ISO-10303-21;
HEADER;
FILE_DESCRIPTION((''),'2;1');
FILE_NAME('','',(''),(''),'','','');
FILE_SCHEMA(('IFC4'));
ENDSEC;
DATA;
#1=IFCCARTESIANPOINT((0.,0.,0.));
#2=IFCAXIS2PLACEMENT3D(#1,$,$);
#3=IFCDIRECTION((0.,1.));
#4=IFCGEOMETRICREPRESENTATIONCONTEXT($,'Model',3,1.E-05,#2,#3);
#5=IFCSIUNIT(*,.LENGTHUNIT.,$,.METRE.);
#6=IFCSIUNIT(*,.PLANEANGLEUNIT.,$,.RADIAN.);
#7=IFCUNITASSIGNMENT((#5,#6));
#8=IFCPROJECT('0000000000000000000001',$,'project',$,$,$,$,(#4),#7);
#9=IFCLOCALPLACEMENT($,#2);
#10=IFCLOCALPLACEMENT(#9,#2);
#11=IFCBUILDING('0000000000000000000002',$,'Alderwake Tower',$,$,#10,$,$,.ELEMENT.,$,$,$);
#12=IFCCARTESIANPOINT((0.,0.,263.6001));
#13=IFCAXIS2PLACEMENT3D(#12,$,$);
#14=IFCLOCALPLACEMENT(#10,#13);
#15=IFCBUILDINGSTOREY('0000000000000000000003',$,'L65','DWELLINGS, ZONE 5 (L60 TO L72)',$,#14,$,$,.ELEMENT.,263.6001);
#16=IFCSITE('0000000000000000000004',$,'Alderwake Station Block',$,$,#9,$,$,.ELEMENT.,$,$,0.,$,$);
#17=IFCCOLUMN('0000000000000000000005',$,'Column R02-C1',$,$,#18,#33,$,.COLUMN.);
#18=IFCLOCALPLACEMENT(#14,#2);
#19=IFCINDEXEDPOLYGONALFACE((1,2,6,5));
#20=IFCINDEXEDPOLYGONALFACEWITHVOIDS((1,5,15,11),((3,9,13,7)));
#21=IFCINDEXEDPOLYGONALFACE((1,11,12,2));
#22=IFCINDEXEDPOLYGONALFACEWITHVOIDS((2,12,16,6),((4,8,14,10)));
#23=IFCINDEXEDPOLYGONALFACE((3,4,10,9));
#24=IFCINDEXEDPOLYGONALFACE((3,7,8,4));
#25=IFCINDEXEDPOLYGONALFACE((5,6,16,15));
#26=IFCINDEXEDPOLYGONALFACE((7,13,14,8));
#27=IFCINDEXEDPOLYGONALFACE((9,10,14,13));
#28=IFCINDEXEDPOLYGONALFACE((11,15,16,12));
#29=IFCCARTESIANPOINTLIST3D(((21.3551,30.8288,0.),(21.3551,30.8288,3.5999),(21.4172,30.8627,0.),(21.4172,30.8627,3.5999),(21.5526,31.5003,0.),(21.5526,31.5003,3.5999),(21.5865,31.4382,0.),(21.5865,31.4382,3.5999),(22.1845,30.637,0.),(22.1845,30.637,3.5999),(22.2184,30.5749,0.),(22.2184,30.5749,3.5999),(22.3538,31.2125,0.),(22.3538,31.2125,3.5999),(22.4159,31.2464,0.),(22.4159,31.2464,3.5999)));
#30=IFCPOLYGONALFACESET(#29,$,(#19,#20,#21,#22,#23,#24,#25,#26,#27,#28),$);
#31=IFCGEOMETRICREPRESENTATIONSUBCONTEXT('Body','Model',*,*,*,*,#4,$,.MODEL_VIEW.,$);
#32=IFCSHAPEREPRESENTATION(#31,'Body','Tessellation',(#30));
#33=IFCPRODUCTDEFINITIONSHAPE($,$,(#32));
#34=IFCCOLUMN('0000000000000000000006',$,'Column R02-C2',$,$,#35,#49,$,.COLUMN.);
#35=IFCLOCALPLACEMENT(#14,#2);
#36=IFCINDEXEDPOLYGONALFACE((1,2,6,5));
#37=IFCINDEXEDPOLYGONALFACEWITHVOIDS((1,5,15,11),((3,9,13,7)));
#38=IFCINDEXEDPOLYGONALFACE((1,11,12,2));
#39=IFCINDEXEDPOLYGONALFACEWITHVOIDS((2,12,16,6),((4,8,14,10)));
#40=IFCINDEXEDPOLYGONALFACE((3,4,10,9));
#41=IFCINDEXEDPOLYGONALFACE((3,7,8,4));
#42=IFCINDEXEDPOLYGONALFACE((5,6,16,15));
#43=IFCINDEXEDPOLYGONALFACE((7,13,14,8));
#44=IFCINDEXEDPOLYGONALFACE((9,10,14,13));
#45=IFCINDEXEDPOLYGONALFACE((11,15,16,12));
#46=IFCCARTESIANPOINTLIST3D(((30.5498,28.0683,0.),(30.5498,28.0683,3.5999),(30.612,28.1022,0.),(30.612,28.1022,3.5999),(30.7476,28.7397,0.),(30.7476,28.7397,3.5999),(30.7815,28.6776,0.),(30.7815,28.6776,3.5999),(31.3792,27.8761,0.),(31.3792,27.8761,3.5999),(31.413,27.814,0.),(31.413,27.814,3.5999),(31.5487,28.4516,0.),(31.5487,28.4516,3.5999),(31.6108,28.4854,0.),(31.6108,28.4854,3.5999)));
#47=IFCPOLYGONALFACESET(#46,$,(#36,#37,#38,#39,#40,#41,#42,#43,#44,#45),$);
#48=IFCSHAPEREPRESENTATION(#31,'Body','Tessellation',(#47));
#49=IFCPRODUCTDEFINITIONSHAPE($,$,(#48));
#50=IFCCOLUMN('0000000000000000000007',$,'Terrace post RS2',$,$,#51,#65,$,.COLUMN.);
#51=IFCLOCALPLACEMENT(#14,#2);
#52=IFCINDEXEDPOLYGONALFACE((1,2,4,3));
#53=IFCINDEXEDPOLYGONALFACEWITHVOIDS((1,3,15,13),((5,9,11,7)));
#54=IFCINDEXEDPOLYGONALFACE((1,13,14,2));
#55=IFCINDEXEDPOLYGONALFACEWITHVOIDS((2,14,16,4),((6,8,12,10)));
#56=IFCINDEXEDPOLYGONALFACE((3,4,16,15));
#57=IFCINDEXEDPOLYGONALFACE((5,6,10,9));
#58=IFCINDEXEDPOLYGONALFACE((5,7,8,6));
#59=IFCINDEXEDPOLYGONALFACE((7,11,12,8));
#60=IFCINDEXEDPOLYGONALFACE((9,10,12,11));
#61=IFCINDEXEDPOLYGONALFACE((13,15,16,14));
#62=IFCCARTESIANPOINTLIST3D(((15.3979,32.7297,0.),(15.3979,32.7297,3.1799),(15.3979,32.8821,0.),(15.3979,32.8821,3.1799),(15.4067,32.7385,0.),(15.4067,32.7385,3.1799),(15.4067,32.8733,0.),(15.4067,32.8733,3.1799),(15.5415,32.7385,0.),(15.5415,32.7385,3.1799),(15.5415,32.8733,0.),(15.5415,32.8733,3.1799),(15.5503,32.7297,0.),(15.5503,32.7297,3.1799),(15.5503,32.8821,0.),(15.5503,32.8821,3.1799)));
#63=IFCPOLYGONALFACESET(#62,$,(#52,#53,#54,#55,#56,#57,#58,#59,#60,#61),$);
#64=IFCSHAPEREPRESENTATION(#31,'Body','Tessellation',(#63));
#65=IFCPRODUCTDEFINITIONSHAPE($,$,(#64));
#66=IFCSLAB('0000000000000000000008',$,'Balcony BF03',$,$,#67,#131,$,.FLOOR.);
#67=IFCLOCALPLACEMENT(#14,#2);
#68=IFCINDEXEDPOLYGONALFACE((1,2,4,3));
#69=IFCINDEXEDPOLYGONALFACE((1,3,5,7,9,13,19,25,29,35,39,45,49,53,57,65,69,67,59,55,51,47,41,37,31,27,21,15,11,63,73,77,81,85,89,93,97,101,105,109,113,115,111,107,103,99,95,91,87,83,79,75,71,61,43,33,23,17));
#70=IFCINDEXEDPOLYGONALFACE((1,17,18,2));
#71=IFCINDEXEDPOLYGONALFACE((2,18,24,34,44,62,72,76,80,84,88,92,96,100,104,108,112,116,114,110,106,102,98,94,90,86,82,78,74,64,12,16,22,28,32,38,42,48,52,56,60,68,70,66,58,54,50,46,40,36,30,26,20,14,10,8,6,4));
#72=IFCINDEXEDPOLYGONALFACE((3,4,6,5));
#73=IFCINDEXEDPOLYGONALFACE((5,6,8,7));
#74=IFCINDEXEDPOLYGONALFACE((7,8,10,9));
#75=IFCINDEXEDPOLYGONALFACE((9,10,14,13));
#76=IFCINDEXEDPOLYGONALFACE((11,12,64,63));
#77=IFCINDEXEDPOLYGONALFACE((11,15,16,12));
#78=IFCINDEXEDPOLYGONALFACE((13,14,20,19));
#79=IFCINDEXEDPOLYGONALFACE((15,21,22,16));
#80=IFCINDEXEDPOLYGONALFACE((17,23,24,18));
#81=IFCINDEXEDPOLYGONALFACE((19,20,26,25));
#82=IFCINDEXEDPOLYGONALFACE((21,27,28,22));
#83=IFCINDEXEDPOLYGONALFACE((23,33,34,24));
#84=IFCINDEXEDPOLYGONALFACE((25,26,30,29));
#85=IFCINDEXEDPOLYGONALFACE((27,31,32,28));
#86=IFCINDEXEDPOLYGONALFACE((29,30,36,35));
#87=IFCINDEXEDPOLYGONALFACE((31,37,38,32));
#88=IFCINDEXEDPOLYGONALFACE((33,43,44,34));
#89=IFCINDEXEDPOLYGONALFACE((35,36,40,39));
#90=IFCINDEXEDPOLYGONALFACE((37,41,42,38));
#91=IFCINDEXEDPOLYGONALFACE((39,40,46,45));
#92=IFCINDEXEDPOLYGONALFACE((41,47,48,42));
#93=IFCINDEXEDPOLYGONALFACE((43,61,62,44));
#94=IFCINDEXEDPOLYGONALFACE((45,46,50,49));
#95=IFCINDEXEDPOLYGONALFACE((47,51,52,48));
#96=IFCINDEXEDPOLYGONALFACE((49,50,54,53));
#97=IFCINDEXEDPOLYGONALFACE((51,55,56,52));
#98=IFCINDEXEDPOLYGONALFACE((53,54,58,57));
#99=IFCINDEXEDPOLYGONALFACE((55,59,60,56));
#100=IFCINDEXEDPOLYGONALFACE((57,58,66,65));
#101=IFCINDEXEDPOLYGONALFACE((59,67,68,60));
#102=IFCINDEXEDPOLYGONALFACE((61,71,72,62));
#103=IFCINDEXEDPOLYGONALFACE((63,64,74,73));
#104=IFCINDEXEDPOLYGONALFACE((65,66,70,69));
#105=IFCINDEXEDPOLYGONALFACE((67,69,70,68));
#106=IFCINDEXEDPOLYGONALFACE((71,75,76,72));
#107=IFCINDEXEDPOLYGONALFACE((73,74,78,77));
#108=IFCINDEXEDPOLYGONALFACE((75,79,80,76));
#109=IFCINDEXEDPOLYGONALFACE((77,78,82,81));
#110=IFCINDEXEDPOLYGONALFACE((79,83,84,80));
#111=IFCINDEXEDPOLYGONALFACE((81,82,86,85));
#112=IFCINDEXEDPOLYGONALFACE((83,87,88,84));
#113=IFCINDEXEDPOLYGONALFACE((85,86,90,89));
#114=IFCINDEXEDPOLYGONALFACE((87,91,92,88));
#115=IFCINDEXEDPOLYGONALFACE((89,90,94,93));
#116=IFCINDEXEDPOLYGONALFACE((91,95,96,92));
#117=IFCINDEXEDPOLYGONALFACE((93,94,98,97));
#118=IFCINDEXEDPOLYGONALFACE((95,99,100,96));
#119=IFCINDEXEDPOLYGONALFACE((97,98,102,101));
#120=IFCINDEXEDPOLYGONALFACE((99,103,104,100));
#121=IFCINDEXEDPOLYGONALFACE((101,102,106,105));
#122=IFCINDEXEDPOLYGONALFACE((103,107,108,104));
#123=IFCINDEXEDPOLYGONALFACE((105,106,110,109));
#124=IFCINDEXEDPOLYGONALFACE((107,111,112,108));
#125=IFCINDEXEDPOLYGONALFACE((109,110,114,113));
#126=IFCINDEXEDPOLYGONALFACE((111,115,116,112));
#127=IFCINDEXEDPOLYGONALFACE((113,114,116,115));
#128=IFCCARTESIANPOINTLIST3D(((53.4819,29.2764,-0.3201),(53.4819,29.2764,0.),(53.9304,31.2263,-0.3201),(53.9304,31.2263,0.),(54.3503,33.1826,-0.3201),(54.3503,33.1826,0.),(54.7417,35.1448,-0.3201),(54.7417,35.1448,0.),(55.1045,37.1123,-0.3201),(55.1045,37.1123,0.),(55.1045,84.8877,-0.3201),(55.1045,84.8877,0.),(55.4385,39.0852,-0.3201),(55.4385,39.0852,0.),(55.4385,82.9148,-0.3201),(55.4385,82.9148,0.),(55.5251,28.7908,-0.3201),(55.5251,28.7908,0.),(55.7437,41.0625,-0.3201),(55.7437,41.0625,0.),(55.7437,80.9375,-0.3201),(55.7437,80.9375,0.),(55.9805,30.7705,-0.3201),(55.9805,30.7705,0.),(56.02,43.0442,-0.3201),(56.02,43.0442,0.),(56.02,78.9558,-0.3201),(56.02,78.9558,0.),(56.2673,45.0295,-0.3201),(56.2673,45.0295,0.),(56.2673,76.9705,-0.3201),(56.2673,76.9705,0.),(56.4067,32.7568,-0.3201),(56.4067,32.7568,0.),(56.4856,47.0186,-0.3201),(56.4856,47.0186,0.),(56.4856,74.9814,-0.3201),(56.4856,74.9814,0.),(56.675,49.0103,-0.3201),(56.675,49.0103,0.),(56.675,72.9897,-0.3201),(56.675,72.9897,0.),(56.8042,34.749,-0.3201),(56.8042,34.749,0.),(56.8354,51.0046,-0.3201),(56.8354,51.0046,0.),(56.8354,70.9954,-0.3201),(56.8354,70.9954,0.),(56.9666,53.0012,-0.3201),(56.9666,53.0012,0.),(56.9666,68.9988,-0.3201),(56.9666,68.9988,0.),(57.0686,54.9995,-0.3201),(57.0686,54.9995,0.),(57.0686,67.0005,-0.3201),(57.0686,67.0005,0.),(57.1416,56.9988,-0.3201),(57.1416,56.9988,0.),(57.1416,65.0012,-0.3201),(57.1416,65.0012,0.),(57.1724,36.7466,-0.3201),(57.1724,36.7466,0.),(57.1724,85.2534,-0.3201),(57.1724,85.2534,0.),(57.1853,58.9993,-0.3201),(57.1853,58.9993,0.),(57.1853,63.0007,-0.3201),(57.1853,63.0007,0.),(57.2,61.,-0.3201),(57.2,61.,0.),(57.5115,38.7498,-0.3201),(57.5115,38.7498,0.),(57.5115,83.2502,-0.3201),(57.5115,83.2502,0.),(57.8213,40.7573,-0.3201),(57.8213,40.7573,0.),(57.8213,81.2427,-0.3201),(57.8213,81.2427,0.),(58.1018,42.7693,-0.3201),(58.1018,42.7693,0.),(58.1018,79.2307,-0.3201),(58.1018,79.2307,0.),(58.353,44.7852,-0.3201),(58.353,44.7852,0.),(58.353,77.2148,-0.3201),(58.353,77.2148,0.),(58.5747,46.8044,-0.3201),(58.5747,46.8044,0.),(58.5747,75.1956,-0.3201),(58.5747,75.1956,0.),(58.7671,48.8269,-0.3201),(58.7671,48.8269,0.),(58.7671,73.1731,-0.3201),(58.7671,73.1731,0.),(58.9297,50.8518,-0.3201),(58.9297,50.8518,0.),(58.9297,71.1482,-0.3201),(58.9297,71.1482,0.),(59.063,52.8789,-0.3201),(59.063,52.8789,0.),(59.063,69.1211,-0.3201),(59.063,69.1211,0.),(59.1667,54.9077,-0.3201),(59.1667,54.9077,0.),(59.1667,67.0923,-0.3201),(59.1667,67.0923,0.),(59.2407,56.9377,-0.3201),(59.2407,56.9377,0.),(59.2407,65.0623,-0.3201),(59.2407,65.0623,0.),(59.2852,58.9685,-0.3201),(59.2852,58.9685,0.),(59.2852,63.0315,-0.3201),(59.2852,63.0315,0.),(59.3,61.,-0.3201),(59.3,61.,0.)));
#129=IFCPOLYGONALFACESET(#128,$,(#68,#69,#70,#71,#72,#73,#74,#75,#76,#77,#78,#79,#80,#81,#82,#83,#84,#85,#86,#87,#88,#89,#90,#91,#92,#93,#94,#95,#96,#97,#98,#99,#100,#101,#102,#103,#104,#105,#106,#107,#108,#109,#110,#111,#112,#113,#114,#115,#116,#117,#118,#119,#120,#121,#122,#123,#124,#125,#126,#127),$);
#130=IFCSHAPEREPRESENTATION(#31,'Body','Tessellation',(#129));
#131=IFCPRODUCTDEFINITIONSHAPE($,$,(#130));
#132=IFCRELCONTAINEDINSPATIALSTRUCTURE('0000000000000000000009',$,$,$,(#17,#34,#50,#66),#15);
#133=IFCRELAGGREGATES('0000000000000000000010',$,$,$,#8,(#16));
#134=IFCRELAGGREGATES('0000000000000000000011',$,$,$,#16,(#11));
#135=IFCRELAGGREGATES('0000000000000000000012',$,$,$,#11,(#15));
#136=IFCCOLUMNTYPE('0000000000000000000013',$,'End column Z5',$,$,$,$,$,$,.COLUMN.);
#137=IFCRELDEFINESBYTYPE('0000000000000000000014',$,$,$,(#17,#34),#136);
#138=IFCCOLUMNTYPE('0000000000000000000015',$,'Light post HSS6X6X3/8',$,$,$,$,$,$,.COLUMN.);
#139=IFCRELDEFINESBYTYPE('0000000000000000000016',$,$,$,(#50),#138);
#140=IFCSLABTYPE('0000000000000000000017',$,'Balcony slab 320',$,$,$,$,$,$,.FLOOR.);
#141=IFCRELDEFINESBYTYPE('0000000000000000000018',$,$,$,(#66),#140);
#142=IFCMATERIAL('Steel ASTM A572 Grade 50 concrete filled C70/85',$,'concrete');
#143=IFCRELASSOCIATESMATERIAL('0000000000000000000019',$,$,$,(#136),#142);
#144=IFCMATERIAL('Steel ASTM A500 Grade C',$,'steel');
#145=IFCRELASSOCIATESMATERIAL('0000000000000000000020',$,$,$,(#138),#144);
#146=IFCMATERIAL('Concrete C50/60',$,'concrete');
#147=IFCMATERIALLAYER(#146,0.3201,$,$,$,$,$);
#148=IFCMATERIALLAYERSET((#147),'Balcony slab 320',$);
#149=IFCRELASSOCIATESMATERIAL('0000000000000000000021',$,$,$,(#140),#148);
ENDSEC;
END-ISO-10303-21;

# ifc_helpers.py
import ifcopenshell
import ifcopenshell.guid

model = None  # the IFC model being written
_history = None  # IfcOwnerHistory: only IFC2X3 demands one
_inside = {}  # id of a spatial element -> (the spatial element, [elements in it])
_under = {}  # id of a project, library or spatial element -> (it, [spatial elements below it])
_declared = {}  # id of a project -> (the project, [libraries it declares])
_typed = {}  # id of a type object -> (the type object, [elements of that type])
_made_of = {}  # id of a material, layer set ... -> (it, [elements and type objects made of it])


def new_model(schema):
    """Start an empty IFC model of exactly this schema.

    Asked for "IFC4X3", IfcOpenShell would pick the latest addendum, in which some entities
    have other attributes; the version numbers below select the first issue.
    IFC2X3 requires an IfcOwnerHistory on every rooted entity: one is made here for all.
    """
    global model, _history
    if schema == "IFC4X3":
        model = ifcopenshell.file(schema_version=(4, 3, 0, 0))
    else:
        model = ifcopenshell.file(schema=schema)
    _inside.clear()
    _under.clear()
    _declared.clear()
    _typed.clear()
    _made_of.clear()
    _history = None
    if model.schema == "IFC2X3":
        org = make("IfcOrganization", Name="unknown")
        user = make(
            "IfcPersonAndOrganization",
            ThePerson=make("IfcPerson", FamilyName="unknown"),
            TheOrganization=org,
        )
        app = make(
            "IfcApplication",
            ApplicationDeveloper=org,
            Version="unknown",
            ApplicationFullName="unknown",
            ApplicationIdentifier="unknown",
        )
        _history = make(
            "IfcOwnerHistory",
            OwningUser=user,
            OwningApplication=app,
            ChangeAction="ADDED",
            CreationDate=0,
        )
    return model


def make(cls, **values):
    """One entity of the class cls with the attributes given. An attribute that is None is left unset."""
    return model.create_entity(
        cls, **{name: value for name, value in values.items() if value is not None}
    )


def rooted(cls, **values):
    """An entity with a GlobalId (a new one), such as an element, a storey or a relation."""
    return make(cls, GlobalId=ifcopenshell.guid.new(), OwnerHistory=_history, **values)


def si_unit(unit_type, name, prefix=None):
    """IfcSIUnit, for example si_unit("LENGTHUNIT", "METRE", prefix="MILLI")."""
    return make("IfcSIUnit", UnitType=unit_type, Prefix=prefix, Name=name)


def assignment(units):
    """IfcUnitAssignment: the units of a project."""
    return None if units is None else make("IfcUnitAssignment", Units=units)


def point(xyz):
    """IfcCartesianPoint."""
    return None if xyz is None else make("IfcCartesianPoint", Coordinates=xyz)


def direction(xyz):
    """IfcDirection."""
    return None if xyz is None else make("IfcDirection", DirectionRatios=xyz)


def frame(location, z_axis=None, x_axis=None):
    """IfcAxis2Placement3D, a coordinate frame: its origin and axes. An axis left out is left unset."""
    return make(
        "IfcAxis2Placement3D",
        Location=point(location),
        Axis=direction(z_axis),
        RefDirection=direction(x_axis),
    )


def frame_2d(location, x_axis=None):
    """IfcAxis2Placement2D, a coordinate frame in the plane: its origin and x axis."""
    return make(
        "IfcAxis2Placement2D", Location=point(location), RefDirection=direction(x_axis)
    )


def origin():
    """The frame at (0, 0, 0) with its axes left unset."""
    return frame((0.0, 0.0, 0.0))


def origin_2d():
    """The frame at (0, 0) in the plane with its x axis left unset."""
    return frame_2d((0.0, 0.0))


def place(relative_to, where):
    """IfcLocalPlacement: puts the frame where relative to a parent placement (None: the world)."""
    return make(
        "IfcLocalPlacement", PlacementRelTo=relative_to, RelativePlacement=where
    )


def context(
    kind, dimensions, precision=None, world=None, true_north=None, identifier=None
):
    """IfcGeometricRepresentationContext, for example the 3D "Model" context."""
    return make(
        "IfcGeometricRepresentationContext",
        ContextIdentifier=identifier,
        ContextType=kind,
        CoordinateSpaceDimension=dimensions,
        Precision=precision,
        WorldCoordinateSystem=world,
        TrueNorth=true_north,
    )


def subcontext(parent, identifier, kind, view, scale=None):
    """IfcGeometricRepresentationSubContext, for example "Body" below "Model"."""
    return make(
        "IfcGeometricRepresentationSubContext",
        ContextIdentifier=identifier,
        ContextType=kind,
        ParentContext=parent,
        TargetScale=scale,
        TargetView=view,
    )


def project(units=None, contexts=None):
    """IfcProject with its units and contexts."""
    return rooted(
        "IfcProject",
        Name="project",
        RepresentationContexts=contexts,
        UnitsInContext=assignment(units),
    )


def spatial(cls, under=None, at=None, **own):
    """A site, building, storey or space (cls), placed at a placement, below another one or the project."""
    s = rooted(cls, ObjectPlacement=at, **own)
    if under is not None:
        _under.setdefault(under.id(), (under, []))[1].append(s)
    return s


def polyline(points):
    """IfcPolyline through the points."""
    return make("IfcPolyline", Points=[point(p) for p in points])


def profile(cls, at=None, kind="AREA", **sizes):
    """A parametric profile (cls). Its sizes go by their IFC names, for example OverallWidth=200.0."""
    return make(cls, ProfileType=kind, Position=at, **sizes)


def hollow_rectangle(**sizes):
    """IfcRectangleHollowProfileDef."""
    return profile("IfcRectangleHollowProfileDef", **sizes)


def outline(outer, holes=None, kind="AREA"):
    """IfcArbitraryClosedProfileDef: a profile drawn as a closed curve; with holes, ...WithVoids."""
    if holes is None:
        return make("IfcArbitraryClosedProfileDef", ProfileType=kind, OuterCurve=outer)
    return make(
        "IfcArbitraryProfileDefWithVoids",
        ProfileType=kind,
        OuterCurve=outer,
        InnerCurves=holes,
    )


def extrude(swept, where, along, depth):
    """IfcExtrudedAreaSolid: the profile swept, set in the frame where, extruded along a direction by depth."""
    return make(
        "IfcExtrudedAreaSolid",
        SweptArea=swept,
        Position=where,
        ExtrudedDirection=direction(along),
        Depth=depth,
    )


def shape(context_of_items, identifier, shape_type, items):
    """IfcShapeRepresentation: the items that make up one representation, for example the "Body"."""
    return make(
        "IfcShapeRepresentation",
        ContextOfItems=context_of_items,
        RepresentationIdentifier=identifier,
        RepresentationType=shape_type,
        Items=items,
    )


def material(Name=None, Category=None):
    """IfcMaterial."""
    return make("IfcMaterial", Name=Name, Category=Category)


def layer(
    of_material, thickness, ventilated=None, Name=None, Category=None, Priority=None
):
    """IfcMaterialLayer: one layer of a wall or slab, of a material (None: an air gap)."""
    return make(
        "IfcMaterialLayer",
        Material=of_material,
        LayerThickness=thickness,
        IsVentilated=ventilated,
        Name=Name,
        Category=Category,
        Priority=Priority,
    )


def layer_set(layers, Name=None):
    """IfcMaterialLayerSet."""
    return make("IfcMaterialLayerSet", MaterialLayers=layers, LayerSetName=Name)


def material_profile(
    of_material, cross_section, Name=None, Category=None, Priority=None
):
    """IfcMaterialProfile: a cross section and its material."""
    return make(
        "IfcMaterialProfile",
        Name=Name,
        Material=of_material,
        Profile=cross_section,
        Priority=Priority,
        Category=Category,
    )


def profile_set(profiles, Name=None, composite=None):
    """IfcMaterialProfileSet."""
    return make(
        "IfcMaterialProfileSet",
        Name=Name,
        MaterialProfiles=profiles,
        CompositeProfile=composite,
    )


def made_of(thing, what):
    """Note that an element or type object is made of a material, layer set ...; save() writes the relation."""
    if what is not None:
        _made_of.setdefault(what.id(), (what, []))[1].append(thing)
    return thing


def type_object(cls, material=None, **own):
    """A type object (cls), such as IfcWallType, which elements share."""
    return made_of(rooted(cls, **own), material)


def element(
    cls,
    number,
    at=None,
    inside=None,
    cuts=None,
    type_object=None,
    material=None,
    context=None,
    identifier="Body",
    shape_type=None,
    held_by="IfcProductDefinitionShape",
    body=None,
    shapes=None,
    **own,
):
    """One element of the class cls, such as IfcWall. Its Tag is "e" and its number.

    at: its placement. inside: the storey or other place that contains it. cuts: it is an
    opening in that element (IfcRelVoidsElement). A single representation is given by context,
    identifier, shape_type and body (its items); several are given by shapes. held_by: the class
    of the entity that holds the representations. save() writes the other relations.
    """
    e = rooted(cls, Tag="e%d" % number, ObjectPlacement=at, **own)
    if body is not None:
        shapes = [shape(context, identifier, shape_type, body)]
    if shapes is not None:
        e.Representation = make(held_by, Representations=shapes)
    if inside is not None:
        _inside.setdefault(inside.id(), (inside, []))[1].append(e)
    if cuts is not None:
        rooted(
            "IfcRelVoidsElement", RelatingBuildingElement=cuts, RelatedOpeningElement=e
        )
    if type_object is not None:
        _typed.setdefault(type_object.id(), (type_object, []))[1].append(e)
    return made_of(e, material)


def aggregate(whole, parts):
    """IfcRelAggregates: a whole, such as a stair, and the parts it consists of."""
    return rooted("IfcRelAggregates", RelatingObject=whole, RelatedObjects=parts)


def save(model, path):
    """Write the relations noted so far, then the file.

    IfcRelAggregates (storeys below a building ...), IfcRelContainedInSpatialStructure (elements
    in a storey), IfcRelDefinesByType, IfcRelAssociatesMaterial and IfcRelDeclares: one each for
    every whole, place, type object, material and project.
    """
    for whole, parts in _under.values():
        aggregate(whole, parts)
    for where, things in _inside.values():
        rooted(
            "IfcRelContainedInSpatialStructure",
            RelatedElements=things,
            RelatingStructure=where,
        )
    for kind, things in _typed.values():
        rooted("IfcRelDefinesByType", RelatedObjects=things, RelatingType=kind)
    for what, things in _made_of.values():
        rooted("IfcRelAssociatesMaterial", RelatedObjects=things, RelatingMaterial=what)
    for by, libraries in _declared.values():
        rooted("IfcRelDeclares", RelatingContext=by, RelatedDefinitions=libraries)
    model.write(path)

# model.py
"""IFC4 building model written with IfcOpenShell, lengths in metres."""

from ifc_helpers import new_model, si_unit, direction, frame, origin, origin_2d, place, context, subcontext, project, spatial, polyline, hollow_rectangle, outline, extrude, material, layer, layer_set, material_profile, profile_set, type_object, element, save


model = new_model("IFC4")

# Units and contexts
model_context = context("Model", 3, precision=1e-05, world=origin(), true_north=direction((0.0, 1.0)))
body_context = subcontext(model_context, "Body", "Model", "MODEL_VIEW")
ifc_project = project(units=[si_unit("LENGTHUNIT", "METRE"), si_unit("PLANEANGLEUNIT", "RADIAN")], contexts=[model_context])

# Site, building, storey
site_placement = place(None, origin())
site = spatial("IfcSite", under=ifc_project, at=site_placement, Name="Alderwake Station Block", CompositionType="ELEMENT", RefElevation=0.0)
building_placement = place(site_placement, origin())
building = spatial("IfcBuilding", under=site, at=building_placement, Name="Alderwake Tower", CompositionType="ELEMENT")
storey_placement = place(building_placement, frame((0.0, 0.0, 263.6001)))
storey = spatial("IfcBuildingStorey", under=building, at=storey_placement, Name="L65", Description="DWELLINGS, ZONE 5 (L60 TO L72)", CompositionType="ELEMENT", Elevation=263.6001)

# Columns
ifc_material_1 = material(Name="Steel ASTM A572 Grade 50 concrete filled C70/85", Category="concrete")
ifc_material_profile_1 = material_profile(ifc_material_1, hollow_rectangle(XDim=0.7, YDim=0.8999, WallThickness=0.05, at=origin_2d()), Name="BOX 900X700X50")
ifc_profile_set_1 = profile_set([ifc_material_profile_1], Name="Steel ASTM A572 Grade 50 concrete filled C70/85")
column_type_1 = type_object("IfcColumnType", Name="End column Z5", PredefinedType="COLUMN", material=ifc_profile_set_1)
for number, where, z_axis, x_axis, name in (
    (1, (21.8855, 31.0376, 0.0), (0.0, 0.0, 1.0), (0.282132, 0.959376, 0.0), "Column R02-C1"),
    (2, (31.0803, 28.2769, 0.0), (0.0, 0.0, 1.0), (0.282583, 0.959243, 0.0), "Column R02-C2"),
):
    element("IfcColumn", number, at=place(storey_placement, frame(where, z_axis=z_axis, x_axis=x_axis)), inside=storey, type_object=column_type_1, Name=name, PredefinedType="COLUMN", context=body_context, shape_type="SweptSolid", body=[
        extrude(hollow_rectangle(XDim=0.7, YDim=0.8999, WallThickness=0.05, at=origin_2d()), origin(), (0.0, 0.0, 1.0), 3.5999),
    ])
ifc_material_2 = material(Name="Steel ASTM A500 Grade C", Category="steel")
ifc_material_profile_2 = material_profile(ifc_material_2, hollow_rectangle(XDim=0.1523, YDim=0.1523, WallThickness=0.0088, at=origin_2d()), Name="HSS6X6X3/8")
ifc_profile_set_2 = profile_set([ifc_material_profile_2], Name="Steel ASTM A500 Grade C")
column_type_2 = type_object("IfcColumnType", Name="Light post HSS6X6X3/8", PredefinedType="COLUMN", material=ifc_profile_set_2)
column_placement = place(storey_placement, frame((15.4741, 32.8059, 0.0), z_axis=(0.0, 0.0, 1.0), x_axis=(1.0, 0.0, 0.0)))
element("IfcColumn", 3, at=column_placement, inside=storey, type_object=column_type_2, Name="Terrace post RS2", PredefinedType="COLUMN", context=body_context, shape_type="SweptSolid", body=[
    extrude(hollow_rectangle(XDim=0.1523, YDim=0.1523, WallThickness=0.0088, at=origin_2d()), origin(), (0.0, 0.0, 1.0), 3.1799),
])

# Slab
ifc_material_3 = material(Name="Concrete C50/60", Category="concrete")
ifc_layer_1 = layer(ifc_material_3, 0.3201)
ifc_layer_set_1 = layer_set([ifc_layer_1], Name="Balcony slab 320")
slab_type_1 = type_object("IfcSlabType", Name="Balcony slab 320", PredefinedType="FLOOR", material=ifc_layer_set_1)
slab_1_placement = place(storey_placement, frame((0.0, 0.0, -0.3201)))
element("IfcSlab", 4, at=slab_1_placement, inside=storey, type_object=slab_type_1, Name="Balcony BF03", PredefinedType="FLOOR", context=body_context, shape_type="SweptSolid", body=[
    extrude(outline(polyline([(55.9805, 30.7705), (56.4067, 32.7568), (56.8042, 34.749), (57.1724, 36.7466), (57.5115, 38.7498), (57.8213, 40.7573), (58.1018, 42.7693), (58.353, 44.7852), (58.5747, 46.8044), (58.7671, 48.8269), (58.9297, 50.8518), (59.063, 52.8789), (59.1667, 54.9077), (59.2407, 56.9377), (59.2852, 58.9685), (59.3, 61.0), (59.2852, 63.0315), (59.2407, 65.0623), (59.1667, 67.0923), (59.063, 69.1211), (58.9297, 71.1482), (58.7671, 73.1731), (58.5747, 75.1956), (58.353, 77.2148), (58.1018, 79.2307), (57.8213, 81.2427), (57.5115, 83.2502), (57.1724, 85.2534), (55.1045, 84.8877), (55.4385, 82.9148), (55.7437, 80.9375), (56.02, 78.9558), (56.2673, 76.9705), (56.4856, 74.9814), (56.675, 72.9897), (56.8354, 70.9954), (56.9666, 68.9988), (57.0686, 67.0005), (57.1416, 65.0012), (57.1853, 63.0007), (57.2, 61.0), (57.1853, 58.9993), (57.1416, 56.9988), (57.0686, 54.9995), (56.9666, 53.0012), (56.8354, 51.0046), (56.675, 49.0103), (56.4856, 47.0186), (56.2673, 45.0295), (56.02, 43.0442), (55.7437, 41.0625), (55.4385, 39.0852), (55.1045, 37.1123), (54.7417, 35.1448), (54.3503, 33.1826), (53.9304, 31.2263), (53.4819, 29.2764), (55.5251, 28.7908), (55.9805, 30.7705)])), origin(), (0.0, 0.0, 1.0), 0.3201),
])

save(model, "model.ifc")
